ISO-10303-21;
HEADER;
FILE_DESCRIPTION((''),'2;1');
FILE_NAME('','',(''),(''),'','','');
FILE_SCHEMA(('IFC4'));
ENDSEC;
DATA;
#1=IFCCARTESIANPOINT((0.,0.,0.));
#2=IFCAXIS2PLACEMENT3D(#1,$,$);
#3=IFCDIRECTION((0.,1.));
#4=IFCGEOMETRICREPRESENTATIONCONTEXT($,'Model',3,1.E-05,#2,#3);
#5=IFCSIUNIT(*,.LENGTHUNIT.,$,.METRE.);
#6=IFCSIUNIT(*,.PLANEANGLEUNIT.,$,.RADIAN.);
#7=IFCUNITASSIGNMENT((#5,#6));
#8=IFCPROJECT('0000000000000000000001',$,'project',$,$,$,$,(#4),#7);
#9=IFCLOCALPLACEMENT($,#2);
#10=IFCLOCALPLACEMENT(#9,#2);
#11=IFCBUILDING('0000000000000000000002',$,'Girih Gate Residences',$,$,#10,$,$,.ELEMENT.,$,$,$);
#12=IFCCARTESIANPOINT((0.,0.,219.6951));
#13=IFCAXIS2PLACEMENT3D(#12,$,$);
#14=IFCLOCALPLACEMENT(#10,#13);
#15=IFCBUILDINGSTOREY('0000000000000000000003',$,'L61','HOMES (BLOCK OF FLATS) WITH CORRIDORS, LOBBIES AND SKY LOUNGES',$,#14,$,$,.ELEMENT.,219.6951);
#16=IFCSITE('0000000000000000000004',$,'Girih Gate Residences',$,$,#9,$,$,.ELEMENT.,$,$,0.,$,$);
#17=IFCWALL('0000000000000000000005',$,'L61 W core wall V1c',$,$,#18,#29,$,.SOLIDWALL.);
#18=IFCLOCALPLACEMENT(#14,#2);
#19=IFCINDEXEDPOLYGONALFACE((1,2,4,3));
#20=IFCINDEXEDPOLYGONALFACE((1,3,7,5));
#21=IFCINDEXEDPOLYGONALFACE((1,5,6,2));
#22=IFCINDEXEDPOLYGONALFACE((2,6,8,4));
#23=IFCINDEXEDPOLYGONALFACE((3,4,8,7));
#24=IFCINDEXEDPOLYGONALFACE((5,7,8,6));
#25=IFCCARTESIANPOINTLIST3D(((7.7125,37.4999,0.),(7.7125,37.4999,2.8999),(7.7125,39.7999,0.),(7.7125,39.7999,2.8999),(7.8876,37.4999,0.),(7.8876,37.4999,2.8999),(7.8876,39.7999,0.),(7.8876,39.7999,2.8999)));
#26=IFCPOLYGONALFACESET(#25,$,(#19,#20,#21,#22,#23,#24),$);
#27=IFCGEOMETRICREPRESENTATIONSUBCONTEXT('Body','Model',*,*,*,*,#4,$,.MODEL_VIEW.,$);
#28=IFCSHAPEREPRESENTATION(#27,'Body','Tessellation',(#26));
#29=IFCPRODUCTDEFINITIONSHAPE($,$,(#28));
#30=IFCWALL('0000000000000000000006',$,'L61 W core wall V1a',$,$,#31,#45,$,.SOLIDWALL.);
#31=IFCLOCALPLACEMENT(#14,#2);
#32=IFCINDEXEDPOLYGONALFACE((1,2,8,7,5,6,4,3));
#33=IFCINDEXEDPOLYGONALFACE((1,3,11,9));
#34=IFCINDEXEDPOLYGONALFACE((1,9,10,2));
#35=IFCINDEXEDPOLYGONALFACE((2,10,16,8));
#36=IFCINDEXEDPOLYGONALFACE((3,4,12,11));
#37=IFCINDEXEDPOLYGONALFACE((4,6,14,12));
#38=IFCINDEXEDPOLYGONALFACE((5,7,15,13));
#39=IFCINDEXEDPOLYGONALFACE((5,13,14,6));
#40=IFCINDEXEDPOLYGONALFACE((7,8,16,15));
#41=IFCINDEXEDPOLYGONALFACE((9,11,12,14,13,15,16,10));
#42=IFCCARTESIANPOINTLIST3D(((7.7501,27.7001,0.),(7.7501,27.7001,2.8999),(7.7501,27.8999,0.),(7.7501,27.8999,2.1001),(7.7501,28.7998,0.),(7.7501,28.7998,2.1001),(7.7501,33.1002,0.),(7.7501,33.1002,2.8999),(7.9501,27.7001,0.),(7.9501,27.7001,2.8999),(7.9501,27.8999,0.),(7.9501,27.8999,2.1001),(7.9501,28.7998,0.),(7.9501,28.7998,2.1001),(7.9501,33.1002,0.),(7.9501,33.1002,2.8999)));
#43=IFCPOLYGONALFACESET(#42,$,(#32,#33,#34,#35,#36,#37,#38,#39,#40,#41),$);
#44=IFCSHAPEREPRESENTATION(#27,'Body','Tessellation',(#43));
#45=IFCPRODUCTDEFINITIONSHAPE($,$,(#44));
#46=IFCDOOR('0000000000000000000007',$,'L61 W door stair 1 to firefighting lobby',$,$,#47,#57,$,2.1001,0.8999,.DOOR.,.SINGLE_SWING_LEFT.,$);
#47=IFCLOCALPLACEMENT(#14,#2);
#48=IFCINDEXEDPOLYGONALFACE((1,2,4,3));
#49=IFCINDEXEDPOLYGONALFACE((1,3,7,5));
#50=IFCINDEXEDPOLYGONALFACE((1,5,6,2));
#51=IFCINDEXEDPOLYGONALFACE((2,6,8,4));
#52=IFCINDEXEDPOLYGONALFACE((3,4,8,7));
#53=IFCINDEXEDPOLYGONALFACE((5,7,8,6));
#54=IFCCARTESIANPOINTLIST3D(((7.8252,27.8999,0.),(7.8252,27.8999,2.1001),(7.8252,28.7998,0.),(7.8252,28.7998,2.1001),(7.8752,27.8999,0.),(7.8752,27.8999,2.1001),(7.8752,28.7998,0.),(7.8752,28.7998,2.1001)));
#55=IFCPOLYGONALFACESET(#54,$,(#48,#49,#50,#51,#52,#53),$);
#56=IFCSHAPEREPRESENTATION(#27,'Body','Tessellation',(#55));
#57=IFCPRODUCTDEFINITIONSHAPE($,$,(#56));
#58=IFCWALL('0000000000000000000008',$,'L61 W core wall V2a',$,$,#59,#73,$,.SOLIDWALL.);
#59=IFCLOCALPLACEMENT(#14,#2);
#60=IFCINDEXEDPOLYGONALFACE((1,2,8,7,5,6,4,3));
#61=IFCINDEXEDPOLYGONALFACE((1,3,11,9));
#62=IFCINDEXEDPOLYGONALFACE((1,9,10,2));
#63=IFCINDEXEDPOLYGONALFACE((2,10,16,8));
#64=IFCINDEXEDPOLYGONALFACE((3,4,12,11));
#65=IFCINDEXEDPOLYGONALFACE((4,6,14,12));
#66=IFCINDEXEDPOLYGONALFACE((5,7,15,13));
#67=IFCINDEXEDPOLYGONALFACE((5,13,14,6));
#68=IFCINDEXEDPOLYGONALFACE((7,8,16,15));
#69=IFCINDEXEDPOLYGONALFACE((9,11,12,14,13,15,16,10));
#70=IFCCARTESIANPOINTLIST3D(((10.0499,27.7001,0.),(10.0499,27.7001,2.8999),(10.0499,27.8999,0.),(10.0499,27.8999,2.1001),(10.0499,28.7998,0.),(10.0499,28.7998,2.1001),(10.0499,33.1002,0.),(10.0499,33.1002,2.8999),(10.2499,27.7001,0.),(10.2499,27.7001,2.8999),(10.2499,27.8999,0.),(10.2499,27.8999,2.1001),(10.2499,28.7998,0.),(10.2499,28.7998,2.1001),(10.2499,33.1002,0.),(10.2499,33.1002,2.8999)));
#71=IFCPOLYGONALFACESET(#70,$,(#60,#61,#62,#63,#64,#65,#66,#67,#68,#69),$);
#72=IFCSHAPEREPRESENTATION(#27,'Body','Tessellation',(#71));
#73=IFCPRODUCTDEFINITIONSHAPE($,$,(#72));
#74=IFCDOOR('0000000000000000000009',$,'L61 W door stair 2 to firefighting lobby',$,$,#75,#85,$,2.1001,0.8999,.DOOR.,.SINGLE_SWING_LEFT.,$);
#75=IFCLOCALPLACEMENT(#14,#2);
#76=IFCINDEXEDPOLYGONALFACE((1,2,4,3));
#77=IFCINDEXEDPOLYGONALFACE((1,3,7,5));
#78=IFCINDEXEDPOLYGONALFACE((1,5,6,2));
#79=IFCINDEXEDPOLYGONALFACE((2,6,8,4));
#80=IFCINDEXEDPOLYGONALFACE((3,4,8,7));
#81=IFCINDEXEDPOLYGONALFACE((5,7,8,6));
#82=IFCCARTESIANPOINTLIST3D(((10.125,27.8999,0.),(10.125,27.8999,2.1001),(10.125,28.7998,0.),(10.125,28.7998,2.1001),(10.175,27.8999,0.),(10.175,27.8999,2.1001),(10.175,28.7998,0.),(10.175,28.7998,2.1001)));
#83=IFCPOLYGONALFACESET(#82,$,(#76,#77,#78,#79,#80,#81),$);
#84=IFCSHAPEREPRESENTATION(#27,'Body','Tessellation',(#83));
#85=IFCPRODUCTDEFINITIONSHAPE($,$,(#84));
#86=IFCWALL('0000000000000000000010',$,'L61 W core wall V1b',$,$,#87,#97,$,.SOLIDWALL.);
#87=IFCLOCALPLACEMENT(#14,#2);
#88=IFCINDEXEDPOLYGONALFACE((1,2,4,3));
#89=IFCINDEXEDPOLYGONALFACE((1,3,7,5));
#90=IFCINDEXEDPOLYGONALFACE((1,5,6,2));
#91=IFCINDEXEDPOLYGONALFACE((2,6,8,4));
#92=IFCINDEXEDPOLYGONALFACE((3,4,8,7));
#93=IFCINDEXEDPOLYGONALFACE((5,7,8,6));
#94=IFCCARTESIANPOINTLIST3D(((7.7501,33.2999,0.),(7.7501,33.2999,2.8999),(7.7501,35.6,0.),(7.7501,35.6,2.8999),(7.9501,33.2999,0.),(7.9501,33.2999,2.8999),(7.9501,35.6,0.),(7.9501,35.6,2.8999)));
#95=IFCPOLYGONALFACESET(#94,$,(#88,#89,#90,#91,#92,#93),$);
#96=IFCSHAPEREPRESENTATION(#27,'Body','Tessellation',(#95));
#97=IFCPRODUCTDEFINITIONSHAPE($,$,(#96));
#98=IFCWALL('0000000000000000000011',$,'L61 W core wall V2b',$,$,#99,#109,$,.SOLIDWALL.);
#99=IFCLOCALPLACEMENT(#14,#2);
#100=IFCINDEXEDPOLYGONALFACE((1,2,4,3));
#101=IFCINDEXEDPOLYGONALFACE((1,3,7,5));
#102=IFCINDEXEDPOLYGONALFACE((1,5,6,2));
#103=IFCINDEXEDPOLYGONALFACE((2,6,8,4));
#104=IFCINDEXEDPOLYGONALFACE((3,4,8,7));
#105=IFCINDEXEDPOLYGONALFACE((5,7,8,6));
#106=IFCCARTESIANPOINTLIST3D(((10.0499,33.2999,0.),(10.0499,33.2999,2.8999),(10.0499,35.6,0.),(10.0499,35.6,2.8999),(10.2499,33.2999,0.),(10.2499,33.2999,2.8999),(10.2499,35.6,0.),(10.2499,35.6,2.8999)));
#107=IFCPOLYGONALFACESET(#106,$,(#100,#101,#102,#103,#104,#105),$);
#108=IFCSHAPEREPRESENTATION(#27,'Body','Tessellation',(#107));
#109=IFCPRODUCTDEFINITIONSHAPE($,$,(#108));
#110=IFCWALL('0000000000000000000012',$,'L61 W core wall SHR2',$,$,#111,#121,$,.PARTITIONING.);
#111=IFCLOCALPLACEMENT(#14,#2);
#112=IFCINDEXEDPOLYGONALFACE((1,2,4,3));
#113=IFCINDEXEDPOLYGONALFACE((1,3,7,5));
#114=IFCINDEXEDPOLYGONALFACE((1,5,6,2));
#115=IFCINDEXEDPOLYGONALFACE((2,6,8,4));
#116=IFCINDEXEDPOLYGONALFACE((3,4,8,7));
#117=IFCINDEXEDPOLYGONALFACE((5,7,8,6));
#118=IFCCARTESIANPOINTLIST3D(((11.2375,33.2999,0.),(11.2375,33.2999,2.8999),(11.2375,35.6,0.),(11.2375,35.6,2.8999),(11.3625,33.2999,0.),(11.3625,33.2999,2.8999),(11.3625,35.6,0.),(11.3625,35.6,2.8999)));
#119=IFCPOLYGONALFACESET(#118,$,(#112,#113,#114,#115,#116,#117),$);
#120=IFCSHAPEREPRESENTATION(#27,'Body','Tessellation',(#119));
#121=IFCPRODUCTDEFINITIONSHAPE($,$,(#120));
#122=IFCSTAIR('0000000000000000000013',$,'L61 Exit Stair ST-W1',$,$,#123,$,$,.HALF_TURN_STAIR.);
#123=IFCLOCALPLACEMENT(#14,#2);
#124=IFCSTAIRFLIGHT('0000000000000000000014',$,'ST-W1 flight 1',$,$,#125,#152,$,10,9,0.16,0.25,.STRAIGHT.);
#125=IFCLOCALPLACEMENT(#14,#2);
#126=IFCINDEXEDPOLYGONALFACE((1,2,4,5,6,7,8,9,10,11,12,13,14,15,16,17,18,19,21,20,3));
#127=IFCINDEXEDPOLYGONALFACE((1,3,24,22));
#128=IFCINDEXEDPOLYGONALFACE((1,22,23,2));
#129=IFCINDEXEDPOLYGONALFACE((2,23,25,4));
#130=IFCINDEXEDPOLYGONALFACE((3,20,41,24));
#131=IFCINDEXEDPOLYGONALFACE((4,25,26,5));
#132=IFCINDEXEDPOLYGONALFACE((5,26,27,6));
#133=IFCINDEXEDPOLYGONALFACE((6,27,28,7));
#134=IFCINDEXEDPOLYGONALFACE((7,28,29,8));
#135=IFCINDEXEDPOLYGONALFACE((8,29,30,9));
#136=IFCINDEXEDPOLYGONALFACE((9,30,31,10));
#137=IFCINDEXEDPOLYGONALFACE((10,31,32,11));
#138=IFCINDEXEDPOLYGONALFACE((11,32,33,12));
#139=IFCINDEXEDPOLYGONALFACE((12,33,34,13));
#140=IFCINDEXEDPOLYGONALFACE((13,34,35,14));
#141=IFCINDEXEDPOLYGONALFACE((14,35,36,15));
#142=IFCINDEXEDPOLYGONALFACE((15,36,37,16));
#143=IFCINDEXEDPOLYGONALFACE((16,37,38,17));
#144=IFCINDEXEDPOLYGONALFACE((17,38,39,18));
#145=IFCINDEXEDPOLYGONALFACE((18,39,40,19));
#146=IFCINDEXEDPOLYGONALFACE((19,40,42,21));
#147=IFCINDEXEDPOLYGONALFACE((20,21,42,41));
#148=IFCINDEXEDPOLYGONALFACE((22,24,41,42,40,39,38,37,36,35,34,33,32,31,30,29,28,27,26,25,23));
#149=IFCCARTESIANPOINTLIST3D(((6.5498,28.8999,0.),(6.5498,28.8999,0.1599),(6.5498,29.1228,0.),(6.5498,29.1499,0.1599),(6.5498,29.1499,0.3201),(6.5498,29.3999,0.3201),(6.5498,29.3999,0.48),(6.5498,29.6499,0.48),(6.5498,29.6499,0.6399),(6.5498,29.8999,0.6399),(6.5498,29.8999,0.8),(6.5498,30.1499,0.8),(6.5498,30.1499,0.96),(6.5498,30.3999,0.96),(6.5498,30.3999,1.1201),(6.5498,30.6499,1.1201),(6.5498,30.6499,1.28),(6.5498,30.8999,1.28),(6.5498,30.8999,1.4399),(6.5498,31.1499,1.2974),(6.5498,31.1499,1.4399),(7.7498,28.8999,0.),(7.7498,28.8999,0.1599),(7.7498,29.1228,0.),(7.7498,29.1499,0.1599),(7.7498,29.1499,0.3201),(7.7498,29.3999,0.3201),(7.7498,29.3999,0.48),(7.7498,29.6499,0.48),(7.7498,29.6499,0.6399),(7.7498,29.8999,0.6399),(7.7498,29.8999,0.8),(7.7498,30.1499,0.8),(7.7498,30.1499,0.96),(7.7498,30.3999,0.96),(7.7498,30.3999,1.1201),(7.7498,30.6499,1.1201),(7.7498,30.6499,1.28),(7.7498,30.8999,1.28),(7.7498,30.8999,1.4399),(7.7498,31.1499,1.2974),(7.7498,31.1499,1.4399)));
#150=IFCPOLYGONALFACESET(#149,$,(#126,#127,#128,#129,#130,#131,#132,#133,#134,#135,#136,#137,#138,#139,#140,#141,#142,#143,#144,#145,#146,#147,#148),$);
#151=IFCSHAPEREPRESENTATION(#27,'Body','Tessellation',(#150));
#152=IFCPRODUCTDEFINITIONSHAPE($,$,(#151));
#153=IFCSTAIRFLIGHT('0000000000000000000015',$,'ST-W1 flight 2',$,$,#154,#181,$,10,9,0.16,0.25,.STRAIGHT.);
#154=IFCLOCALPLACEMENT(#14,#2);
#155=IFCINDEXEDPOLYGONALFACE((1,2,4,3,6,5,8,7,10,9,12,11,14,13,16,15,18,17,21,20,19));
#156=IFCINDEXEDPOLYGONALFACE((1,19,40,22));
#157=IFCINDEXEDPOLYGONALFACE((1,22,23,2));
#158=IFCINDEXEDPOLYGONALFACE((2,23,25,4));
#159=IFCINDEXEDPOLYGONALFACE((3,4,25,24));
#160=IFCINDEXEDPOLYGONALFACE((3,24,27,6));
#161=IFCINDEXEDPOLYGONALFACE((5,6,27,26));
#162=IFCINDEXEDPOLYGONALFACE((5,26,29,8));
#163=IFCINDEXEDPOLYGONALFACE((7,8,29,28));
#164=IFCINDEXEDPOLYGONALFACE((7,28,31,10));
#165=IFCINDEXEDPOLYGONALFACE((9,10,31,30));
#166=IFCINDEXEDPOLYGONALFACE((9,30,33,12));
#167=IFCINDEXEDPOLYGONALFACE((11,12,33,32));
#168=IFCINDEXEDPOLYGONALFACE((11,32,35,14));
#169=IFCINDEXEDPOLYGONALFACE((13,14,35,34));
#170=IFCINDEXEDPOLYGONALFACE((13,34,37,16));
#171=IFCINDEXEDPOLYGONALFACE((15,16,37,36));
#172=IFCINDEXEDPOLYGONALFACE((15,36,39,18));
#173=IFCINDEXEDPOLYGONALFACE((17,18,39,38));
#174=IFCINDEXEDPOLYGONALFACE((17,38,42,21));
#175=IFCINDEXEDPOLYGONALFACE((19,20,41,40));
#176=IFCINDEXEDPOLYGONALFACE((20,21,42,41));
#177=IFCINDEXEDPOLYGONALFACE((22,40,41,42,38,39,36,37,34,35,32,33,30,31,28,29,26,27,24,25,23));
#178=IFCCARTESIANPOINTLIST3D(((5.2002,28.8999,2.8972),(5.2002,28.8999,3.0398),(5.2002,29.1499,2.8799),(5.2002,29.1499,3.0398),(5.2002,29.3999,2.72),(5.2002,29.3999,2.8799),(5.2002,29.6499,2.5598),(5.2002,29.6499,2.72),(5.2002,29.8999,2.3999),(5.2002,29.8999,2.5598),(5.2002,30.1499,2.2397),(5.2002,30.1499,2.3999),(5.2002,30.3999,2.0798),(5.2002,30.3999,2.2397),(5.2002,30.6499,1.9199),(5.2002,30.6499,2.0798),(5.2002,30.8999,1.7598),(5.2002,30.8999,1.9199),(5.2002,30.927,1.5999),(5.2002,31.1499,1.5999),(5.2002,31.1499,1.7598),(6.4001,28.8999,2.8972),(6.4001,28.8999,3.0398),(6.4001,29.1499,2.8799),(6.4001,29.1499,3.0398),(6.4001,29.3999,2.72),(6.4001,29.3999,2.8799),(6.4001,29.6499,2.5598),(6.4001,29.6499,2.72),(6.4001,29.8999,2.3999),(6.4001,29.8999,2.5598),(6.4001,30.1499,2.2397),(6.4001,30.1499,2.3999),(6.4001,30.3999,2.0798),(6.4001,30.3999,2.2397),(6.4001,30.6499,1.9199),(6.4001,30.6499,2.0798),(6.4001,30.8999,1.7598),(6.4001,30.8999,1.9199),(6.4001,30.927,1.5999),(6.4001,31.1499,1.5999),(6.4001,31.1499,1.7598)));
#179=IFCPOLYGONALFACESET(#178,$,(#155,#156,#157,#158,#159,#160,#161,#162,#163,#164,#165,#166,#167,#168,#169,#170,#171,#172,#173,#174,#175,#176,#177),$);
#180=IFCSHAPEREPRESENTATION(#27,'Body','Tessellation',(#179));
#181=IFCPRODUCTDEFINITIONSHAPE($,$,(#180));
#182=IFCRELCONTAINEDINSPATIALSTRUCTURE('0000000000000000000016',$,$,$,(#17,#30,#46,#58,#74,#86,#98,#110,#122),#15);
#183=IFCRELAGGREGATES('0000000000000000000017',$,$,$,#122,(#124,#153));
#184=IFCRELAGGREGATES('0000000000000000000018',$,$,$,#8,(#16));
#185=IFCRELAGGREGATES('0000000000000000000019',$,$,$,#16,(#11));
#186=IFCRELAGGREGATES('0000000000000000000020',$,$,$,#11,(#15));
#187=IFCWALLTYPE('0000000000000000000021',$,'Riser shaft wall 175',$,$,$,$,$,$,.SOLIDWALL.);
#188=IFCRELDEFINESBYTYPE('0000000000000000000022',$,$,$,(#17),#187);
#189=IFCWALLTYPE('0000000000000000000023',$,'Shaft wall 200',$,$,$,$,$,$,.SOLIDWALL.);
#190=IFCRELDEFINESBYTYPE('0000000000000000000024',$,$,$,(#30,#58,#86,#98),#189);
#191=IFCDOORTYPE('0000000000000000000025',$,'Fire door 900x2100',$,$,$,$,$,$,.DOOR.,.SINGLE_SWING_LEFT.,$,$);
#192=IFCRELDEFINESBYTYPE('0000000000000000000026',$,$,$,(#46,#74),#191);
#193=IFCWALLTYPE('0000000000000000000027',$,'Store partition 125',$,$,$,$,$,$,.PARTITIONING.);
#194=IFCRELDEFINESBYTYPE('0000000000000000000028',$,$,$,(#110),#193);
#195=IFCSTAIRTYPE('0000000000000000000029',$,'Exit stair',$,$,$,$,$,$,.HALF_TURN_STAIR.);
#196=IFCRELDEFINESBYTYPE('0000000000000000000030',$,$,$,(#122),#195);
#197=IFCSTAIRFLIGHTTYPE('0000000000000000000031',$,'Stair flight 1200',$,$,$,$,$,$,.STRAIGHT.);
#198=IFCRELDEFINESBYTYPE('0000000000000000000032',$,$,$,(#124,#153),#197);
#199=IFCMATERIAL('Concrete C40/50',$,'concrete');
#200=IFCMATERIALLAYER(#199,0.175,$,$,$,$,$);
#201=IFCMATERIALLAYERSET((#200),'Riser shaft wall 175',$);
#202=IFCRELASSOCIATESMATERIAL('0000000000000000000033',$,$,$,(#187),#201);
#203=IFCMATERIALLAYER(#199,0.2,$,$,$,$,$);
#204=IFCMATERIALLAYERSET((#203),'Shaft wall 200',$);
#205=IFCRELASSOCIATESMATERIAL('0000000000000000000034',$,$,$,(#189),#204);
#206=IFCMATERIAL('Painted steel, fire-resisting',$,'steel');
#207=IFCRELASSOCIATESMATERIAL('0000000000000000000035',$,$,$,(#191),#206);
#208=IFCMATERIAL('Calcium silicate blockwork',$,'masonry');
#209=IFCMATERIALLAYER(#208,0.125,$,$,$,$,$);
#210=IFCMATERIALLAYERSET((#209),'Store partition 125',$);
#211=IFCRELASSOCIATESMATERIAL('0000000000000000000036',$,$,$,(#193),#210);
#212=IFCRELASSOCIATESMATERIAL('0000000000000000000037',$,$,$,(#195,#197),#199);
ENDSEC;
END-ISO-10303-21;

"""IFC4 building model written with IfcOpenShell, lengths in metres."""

from ifc_helpers import new_model, si_unit, direction, frame, frame_2d, origin, place, context, subcontext, project, spatial, polyline, rectangle, outline, extrude, material, layer, layer_set, type_object, element, fill, aggregate, save


model = new_model("IFC4")

# Units and contexts
model_context = context("Model", 3, precision=1e-05, world=origin(), true_north=direction((0.0, 1.0)))
body_context = subcontext(model_context, "Body", "Model", "MODEL_VIEW")
ifc_project = project(units=[si_unit("LENGTHUNIT", "METRE"), si_unit("PLANEANGLEUNIT", "RADIAN")], contexts=[model_context])

# Site, building, storey
site_placement = place(None, origin())
site = spatial("IfcSite", under=ifc_project, at=site_placement, Name="Girih Gate Residences", CompositionType="ELEMENT", RefElevation=0.0)
building_placement = place(site_placement, origin())
building = spatial("IfcBuilding", under=site, at=building_placement, Name="Girih Gate Residences", CompositionType="ELEMENT")
storey_placement = place(building_placement, frame((0.0, 0.0, 219.6951)))
storey = spatial("IfcBuildingStorey", under=building, at=storey_placement, Name="L61", Description="HOMES (BLOCK OF FLATS) WITH CORRIDORS, LOBBIES AND SKY LOUNGES", CompositionType="ELEMENT", Elevation=219.6951)

# Wall
ifc_material_1 = material(Name="Concrete C40/50", Category="concrete")
ifc_layer_1 = layer(ifc_material_1, 0.175)
ifc_layer_set_1 = layer_set([ifc_layer_1], Name="Riser shaft wall 175")
wall_type_1 = type_object("IfcWallType", Name="Riser shaft wall 175", PredefinedType="SOLIDWALL", material=ifc_layer_set_1)
wall_1_placement = place(storey_placement, frame((7.8, 37.5, 0.0), z_axis=(0.0, 0.0, 1.0), x_axis=(0.0, 1.0, 0.0)))
element("IfcWall", 1, at=wall_1_placement, inside=storey, type_object=wall_type_1, Name="L61 W core wall V1c", PredefinedType="SOLIDWALL", context=body_context, shape_type="SweptSolid", body=[
    extrude(rectangle(XDim=2.3, YDim=0.175, at=frame_2d((1.1499, 0.0))), origin(), (0.0, 0.0, 1.0), 2.8999),
])

# Walls, openings, doors
ifc_layer_2 = layer(ifc_material_1, 0.2)
ifc_layer_set_2 = layer_set([ifc_layer_2], Name="Shaft wall 200")
wall_type_2 = type_object("IfcWallType", Name="Shaft wall 200", PredefinedType="SOLIDWALL", material=ifc_layer_set_2)
wall_2_placement = place(storey_placement, frame((7.8501, 27.7, 0.0), z_axis=(0.0, 0.0, 1.0), x_axis=(0.0, 1.0, 0.0)))
wall_2 = element("IfcWall", 2, at=wall_2_placement, inside=storey, type_object=wall_type_2, Name="L61 W core wall V1a", PredefinedType="SOLIDWALL", context=body_context, shape_type="SweptSolid", body=[
    extrude(rectangle(XDim=5.4001, YDim=0.2, at=frame_2d((2.7002, 0.0))), origin(), (0.0, 0.0, 1.0), 2.8999),
])
opening_1_placement = place(wall_2_placement, frame((0.2, 0.0, 0.0)))
opening_1 = element("IfcOpeningElement", 3, at=opening_1_placement, cuts=wall_2, PredefinedType="OPENING", context=body_context, shape_type="SweptSolid", body=[
    extrude(rectangle(XDim=0.8999, YDim=2.1001, at=frame_2d((0.45, 1.05))), frame((0.0, 0.1099, 0.0), z_axis=(0.0, -1.0, 0.0), x_axis=(1.0, 0.0, 0.0)), (0.0, 0.0, 1.0), 0.22),
])
ifc_material_2 = material(Name="Painted steel, fire-resisting", Category="steel")
door_type = type_object("IfcDoorType", Name="Fire door 900x2100", OperationType="SINGLE_SWING_LEFT", PredefinedType="DOOR", material=ifc_material_2)
door_1_placement = place(opening_1_placement, origin())
door_1 = element("IfcDoor", 4, at=door_1_placement, inside=storey, type_object=door_type, Name="L61 W door stair 1 to firefighting lobby", OperationType="SINGLE_SWING_LEFT", OverallHeight=2.1001, OverallWidth=0.8999, PredefinedType="DOOR", context=body_context, shape_type="SweptSolid", body=[
    extrude(rectangle(XDim=0.8999, YDim=2.1001, at=frame_2d((0.45, 1.05))), frame((0.0, 0.0249, 0.0), z_axis=(0.0, -1.0, 0.0), x_axis=(1.0, 0.0, 0.0)), (0.0, 0.0, 1.0), 0.05),
])
fill(opening_1, door_1)
wall_3_placement = place(storey_placement, frame((10.1499, 27.7, 0.0), z_axis=(0.0, 0.0, 1.0), x_axis=(0.0, 1.0, 0.0)))
wall_3 = element("IfcWall", 5, at=wall_3_placement, inside=storey, type_object=wall_type_2, Name="L61 W core wall V2a", PredefinedType="SOLIDWALL", context=body_context, shape_type="SweptSolid", body=[
    extrude(rectangle(XDim=5.4001, YDim=0.2, at=frame_2d((2.7002, 0.0))), origin(), (0.0, 0.0, 1.0), 2.8999),
])
opening_2_placement = place(wall_3_placement, frame((0.2, 0.0, 0.0)))
opening_2 = element("IfcOpeningElement", 6, at=opening_2_placement, cuts=wall_3, PredefinedType="OPENING", context=body_context, shape_type="SweptSolid", body=[
    extrude(rectangle(XDim=0.8999, YDim=2.1001, at=frame_2d((0.45, 1.05))), frame((0.0, 0.1099, 0.0), z_axis=(0.0, -1.0, 0.0), x_axis=(1.0, 0.0, 0.0)), (0.0, 0.0, 1.0), 0.22),
])
door_2_placement = place(opening_2_placement, origin())
door_2 = element("IfcDoor", 7, at=door_2_placement, inside=storey, type_object=door_type, Name="L61 W door stair 2 to firefighting lobby", OperationType="SINGLE_SWING_LEFT", OverallHeight=2.1001, OverallWidth=0.8999, PredefinedType="DOOR", context=body_context, shape_type="SweptSolid", body=[
    extrude(rectangle(XDim=0.8999, YDim=2.1001, at=frame_2d((0.45, 1.05))), frame((0.0, 0.0249, 0.0), z_axis=(0.0, -1.0, 0.0), x_axis=(1.0, 0.0, 0.0)), (0.0, 0.0, 1.0), 0.05),
])
fill(opening_2, door_2)

# Walls
for number, where, z_axis, x_axis, name in (
    (8, (7.8501, 33.3, 0.0), (0.0, 0.0, 1.0), (0.0, 1.0, 0.0), "L61 W core wall V1b"),
    (9, (10.1499, 33.3, 0.0), (0.0, 0.0, 1.0), (0.0, 1.0, 0.0), "L61 W core wall V2b"),
):
    element("IfcWall", number, at=place(storey_placement, frame(where, z_axis=z_axis, x_axis=x_axis)), inside=storey, type_object=wall_type_2, Name=name, PredefinedType="SOLIDWALL", context=body_context, shape_type="SweptSolid", body=[
        extrude(rectangle(XDim=2.3, YDim=0.2, at=frame_2d((1.1499, 0.0))), origin(), (0.0, 0.0, 1.0), 2.8999),
    ])
ifc_material_3 = material(Name="Calcium silicate blockwork", Category="masonry")
ifc_layer_3 = layer(ifc_material_3, 0.125)
ifc_layer_set_3 = layer_set([ifc_layer_3], Name="Store partition 125")
wall_type_3 = type_object("IfcWallType", Name="Store partition 125", PredefinedType="PARTITIONING", material=ifc_layer_set_3)
wall_4_placement = place(storey_placement, frame((11.3, 33.3, 0.0), z_axis=(0.0, 0.0, 1.0), x_axis=(0.0, 1.0, 0.0)))
element("IfcWall", 10, at=wall_4_placement, inside=storey, type_object=wall_type_3, Name="L61 W core wall SHR2", PredefinedType="PARTITIONING", context=body_context, shape_type="SweptSolid", body=[
    extrude(rectangle(XDim=2.3, YDim=0.125, at=frame_2d((1.1499, 0.0))), origin(), (0.0, 0.0, 1.0), 2.8999),
])

# Stair, stair flights
stair_type = type_object("IfcStairType", Name="Exit stair", PredefinedType="HALF_TURN_STAIR", material=ifc_material_1)
stair_1_placement = place(storey_placement, origin())
stair_1 = element("IfcStair", 11, at=stair_1_placement, inside=storey, type_object=stair_type, Name="L61 Exit Stair ST-W1", PredefinedType="HALF_TURN_STAIR")
stair_flight_type = type_object("IfcStairFlightType", Name="Stair flight 1200", PredefinedType="STRAIGHT", material=ifc_material_1)
stair_flight_1_placement = place(storey_placement, frame((7.1499, 28.8999, 0.0), z_axis=(0.0, 0.0, 1.0), x_axis=(0.0, 1.0, 0.0)))
stair_flight_1 = element("IfcStairFlight", 12, at=stair_flight_1_placement, type_object=stair_flight_type, Name="ST-W1 flight 1", NumberOfRisers=10, NumberOfTreads=9, PredefinedType="STRAIGHT", RiserHeight=0.16, TreadLength=0.25, context=body_context, shape_type="SweptSolid", body=[
    extrude(outline(polyline([(0.0, 0.0), (0.0, 0.1599), (0.25, 0.1599), (0.25, 0.3201), (0.5, 0.3201), (0.5, 0.48), (0.75, 0.48), (0.75, 0.6399), (1.0, 0.6399), (1.0, 0.8), (1.25, 0.8), (1.25, 0.96), (1.5, 0.96), (1.5, 1.1201), (1.75, 1.1201), (1.75, 1.28), (2.0, 1.28), (2.0, 1.4399), (2.25, 1.4399), (2.25, 1.6001), (2.25, 1.2974), (0.2229, 0.0), (0.0, 0.0)])), frame((0.0, 0.6001, 0.0), z_axis=(0.0, -1.0, 0.0), x_axis=(1.0, 0.0, 0.0)), (0.0, 0.0, 1.0), 1.2),
])
stair_flight_2_placement = place(storey_placement, frame((5.8, 31.1499, 1.5999), z_axis=(0.0, 0.0, 1.0), x_axis=(0.0, -1.0, 0.0)))
stair_flight_2 = element("IfcStairFlight", 13, at=stair_flight_2_placement, type_object=stair_flight_type, Name="ST-W1 flight 2", NumberOfRisers=10, NumberOfTreads=9, PredefinedType="STRAIGHT", RiserHeight=0.16, TreadLength=0.25, context=body_context, shape_type="SweptSolid", body=[
    extrude(outline(polyline([(0.0, 0.0), (0.0, 0.1599), (0.25, 0.1599), (0.25, 0.3201), (0.5, 0.3201), (0.5, 0.48), (0.75, 0.48), (0.75, 0.6399), (1.0, 0.6399), (1.0, 0.8), (1.25, 0.8), (1.25, 0.96), (1.5, 0.96), (1.5, 1.1201), (1.75, 1.1201), (1.75, 1.28), (2.0, 1.28), (2.0, 1.4399), (2.25, 1.4399), (2.25, 1.6001), (2.25, 1.2974), (0.2229, 0.0), (0.0, 0.0)])), frame((0.0, 0.6001, 0.0), z_axis=(0.0, -1.0, 0.0), x_axis=(1.0, 0.0, 0.0)), (0.0, 0.0, 1.0), 1.2),
])
aggregate(stair_1, [stair_flight_1, stair_flight_2])

save(model, "model.ifc")
